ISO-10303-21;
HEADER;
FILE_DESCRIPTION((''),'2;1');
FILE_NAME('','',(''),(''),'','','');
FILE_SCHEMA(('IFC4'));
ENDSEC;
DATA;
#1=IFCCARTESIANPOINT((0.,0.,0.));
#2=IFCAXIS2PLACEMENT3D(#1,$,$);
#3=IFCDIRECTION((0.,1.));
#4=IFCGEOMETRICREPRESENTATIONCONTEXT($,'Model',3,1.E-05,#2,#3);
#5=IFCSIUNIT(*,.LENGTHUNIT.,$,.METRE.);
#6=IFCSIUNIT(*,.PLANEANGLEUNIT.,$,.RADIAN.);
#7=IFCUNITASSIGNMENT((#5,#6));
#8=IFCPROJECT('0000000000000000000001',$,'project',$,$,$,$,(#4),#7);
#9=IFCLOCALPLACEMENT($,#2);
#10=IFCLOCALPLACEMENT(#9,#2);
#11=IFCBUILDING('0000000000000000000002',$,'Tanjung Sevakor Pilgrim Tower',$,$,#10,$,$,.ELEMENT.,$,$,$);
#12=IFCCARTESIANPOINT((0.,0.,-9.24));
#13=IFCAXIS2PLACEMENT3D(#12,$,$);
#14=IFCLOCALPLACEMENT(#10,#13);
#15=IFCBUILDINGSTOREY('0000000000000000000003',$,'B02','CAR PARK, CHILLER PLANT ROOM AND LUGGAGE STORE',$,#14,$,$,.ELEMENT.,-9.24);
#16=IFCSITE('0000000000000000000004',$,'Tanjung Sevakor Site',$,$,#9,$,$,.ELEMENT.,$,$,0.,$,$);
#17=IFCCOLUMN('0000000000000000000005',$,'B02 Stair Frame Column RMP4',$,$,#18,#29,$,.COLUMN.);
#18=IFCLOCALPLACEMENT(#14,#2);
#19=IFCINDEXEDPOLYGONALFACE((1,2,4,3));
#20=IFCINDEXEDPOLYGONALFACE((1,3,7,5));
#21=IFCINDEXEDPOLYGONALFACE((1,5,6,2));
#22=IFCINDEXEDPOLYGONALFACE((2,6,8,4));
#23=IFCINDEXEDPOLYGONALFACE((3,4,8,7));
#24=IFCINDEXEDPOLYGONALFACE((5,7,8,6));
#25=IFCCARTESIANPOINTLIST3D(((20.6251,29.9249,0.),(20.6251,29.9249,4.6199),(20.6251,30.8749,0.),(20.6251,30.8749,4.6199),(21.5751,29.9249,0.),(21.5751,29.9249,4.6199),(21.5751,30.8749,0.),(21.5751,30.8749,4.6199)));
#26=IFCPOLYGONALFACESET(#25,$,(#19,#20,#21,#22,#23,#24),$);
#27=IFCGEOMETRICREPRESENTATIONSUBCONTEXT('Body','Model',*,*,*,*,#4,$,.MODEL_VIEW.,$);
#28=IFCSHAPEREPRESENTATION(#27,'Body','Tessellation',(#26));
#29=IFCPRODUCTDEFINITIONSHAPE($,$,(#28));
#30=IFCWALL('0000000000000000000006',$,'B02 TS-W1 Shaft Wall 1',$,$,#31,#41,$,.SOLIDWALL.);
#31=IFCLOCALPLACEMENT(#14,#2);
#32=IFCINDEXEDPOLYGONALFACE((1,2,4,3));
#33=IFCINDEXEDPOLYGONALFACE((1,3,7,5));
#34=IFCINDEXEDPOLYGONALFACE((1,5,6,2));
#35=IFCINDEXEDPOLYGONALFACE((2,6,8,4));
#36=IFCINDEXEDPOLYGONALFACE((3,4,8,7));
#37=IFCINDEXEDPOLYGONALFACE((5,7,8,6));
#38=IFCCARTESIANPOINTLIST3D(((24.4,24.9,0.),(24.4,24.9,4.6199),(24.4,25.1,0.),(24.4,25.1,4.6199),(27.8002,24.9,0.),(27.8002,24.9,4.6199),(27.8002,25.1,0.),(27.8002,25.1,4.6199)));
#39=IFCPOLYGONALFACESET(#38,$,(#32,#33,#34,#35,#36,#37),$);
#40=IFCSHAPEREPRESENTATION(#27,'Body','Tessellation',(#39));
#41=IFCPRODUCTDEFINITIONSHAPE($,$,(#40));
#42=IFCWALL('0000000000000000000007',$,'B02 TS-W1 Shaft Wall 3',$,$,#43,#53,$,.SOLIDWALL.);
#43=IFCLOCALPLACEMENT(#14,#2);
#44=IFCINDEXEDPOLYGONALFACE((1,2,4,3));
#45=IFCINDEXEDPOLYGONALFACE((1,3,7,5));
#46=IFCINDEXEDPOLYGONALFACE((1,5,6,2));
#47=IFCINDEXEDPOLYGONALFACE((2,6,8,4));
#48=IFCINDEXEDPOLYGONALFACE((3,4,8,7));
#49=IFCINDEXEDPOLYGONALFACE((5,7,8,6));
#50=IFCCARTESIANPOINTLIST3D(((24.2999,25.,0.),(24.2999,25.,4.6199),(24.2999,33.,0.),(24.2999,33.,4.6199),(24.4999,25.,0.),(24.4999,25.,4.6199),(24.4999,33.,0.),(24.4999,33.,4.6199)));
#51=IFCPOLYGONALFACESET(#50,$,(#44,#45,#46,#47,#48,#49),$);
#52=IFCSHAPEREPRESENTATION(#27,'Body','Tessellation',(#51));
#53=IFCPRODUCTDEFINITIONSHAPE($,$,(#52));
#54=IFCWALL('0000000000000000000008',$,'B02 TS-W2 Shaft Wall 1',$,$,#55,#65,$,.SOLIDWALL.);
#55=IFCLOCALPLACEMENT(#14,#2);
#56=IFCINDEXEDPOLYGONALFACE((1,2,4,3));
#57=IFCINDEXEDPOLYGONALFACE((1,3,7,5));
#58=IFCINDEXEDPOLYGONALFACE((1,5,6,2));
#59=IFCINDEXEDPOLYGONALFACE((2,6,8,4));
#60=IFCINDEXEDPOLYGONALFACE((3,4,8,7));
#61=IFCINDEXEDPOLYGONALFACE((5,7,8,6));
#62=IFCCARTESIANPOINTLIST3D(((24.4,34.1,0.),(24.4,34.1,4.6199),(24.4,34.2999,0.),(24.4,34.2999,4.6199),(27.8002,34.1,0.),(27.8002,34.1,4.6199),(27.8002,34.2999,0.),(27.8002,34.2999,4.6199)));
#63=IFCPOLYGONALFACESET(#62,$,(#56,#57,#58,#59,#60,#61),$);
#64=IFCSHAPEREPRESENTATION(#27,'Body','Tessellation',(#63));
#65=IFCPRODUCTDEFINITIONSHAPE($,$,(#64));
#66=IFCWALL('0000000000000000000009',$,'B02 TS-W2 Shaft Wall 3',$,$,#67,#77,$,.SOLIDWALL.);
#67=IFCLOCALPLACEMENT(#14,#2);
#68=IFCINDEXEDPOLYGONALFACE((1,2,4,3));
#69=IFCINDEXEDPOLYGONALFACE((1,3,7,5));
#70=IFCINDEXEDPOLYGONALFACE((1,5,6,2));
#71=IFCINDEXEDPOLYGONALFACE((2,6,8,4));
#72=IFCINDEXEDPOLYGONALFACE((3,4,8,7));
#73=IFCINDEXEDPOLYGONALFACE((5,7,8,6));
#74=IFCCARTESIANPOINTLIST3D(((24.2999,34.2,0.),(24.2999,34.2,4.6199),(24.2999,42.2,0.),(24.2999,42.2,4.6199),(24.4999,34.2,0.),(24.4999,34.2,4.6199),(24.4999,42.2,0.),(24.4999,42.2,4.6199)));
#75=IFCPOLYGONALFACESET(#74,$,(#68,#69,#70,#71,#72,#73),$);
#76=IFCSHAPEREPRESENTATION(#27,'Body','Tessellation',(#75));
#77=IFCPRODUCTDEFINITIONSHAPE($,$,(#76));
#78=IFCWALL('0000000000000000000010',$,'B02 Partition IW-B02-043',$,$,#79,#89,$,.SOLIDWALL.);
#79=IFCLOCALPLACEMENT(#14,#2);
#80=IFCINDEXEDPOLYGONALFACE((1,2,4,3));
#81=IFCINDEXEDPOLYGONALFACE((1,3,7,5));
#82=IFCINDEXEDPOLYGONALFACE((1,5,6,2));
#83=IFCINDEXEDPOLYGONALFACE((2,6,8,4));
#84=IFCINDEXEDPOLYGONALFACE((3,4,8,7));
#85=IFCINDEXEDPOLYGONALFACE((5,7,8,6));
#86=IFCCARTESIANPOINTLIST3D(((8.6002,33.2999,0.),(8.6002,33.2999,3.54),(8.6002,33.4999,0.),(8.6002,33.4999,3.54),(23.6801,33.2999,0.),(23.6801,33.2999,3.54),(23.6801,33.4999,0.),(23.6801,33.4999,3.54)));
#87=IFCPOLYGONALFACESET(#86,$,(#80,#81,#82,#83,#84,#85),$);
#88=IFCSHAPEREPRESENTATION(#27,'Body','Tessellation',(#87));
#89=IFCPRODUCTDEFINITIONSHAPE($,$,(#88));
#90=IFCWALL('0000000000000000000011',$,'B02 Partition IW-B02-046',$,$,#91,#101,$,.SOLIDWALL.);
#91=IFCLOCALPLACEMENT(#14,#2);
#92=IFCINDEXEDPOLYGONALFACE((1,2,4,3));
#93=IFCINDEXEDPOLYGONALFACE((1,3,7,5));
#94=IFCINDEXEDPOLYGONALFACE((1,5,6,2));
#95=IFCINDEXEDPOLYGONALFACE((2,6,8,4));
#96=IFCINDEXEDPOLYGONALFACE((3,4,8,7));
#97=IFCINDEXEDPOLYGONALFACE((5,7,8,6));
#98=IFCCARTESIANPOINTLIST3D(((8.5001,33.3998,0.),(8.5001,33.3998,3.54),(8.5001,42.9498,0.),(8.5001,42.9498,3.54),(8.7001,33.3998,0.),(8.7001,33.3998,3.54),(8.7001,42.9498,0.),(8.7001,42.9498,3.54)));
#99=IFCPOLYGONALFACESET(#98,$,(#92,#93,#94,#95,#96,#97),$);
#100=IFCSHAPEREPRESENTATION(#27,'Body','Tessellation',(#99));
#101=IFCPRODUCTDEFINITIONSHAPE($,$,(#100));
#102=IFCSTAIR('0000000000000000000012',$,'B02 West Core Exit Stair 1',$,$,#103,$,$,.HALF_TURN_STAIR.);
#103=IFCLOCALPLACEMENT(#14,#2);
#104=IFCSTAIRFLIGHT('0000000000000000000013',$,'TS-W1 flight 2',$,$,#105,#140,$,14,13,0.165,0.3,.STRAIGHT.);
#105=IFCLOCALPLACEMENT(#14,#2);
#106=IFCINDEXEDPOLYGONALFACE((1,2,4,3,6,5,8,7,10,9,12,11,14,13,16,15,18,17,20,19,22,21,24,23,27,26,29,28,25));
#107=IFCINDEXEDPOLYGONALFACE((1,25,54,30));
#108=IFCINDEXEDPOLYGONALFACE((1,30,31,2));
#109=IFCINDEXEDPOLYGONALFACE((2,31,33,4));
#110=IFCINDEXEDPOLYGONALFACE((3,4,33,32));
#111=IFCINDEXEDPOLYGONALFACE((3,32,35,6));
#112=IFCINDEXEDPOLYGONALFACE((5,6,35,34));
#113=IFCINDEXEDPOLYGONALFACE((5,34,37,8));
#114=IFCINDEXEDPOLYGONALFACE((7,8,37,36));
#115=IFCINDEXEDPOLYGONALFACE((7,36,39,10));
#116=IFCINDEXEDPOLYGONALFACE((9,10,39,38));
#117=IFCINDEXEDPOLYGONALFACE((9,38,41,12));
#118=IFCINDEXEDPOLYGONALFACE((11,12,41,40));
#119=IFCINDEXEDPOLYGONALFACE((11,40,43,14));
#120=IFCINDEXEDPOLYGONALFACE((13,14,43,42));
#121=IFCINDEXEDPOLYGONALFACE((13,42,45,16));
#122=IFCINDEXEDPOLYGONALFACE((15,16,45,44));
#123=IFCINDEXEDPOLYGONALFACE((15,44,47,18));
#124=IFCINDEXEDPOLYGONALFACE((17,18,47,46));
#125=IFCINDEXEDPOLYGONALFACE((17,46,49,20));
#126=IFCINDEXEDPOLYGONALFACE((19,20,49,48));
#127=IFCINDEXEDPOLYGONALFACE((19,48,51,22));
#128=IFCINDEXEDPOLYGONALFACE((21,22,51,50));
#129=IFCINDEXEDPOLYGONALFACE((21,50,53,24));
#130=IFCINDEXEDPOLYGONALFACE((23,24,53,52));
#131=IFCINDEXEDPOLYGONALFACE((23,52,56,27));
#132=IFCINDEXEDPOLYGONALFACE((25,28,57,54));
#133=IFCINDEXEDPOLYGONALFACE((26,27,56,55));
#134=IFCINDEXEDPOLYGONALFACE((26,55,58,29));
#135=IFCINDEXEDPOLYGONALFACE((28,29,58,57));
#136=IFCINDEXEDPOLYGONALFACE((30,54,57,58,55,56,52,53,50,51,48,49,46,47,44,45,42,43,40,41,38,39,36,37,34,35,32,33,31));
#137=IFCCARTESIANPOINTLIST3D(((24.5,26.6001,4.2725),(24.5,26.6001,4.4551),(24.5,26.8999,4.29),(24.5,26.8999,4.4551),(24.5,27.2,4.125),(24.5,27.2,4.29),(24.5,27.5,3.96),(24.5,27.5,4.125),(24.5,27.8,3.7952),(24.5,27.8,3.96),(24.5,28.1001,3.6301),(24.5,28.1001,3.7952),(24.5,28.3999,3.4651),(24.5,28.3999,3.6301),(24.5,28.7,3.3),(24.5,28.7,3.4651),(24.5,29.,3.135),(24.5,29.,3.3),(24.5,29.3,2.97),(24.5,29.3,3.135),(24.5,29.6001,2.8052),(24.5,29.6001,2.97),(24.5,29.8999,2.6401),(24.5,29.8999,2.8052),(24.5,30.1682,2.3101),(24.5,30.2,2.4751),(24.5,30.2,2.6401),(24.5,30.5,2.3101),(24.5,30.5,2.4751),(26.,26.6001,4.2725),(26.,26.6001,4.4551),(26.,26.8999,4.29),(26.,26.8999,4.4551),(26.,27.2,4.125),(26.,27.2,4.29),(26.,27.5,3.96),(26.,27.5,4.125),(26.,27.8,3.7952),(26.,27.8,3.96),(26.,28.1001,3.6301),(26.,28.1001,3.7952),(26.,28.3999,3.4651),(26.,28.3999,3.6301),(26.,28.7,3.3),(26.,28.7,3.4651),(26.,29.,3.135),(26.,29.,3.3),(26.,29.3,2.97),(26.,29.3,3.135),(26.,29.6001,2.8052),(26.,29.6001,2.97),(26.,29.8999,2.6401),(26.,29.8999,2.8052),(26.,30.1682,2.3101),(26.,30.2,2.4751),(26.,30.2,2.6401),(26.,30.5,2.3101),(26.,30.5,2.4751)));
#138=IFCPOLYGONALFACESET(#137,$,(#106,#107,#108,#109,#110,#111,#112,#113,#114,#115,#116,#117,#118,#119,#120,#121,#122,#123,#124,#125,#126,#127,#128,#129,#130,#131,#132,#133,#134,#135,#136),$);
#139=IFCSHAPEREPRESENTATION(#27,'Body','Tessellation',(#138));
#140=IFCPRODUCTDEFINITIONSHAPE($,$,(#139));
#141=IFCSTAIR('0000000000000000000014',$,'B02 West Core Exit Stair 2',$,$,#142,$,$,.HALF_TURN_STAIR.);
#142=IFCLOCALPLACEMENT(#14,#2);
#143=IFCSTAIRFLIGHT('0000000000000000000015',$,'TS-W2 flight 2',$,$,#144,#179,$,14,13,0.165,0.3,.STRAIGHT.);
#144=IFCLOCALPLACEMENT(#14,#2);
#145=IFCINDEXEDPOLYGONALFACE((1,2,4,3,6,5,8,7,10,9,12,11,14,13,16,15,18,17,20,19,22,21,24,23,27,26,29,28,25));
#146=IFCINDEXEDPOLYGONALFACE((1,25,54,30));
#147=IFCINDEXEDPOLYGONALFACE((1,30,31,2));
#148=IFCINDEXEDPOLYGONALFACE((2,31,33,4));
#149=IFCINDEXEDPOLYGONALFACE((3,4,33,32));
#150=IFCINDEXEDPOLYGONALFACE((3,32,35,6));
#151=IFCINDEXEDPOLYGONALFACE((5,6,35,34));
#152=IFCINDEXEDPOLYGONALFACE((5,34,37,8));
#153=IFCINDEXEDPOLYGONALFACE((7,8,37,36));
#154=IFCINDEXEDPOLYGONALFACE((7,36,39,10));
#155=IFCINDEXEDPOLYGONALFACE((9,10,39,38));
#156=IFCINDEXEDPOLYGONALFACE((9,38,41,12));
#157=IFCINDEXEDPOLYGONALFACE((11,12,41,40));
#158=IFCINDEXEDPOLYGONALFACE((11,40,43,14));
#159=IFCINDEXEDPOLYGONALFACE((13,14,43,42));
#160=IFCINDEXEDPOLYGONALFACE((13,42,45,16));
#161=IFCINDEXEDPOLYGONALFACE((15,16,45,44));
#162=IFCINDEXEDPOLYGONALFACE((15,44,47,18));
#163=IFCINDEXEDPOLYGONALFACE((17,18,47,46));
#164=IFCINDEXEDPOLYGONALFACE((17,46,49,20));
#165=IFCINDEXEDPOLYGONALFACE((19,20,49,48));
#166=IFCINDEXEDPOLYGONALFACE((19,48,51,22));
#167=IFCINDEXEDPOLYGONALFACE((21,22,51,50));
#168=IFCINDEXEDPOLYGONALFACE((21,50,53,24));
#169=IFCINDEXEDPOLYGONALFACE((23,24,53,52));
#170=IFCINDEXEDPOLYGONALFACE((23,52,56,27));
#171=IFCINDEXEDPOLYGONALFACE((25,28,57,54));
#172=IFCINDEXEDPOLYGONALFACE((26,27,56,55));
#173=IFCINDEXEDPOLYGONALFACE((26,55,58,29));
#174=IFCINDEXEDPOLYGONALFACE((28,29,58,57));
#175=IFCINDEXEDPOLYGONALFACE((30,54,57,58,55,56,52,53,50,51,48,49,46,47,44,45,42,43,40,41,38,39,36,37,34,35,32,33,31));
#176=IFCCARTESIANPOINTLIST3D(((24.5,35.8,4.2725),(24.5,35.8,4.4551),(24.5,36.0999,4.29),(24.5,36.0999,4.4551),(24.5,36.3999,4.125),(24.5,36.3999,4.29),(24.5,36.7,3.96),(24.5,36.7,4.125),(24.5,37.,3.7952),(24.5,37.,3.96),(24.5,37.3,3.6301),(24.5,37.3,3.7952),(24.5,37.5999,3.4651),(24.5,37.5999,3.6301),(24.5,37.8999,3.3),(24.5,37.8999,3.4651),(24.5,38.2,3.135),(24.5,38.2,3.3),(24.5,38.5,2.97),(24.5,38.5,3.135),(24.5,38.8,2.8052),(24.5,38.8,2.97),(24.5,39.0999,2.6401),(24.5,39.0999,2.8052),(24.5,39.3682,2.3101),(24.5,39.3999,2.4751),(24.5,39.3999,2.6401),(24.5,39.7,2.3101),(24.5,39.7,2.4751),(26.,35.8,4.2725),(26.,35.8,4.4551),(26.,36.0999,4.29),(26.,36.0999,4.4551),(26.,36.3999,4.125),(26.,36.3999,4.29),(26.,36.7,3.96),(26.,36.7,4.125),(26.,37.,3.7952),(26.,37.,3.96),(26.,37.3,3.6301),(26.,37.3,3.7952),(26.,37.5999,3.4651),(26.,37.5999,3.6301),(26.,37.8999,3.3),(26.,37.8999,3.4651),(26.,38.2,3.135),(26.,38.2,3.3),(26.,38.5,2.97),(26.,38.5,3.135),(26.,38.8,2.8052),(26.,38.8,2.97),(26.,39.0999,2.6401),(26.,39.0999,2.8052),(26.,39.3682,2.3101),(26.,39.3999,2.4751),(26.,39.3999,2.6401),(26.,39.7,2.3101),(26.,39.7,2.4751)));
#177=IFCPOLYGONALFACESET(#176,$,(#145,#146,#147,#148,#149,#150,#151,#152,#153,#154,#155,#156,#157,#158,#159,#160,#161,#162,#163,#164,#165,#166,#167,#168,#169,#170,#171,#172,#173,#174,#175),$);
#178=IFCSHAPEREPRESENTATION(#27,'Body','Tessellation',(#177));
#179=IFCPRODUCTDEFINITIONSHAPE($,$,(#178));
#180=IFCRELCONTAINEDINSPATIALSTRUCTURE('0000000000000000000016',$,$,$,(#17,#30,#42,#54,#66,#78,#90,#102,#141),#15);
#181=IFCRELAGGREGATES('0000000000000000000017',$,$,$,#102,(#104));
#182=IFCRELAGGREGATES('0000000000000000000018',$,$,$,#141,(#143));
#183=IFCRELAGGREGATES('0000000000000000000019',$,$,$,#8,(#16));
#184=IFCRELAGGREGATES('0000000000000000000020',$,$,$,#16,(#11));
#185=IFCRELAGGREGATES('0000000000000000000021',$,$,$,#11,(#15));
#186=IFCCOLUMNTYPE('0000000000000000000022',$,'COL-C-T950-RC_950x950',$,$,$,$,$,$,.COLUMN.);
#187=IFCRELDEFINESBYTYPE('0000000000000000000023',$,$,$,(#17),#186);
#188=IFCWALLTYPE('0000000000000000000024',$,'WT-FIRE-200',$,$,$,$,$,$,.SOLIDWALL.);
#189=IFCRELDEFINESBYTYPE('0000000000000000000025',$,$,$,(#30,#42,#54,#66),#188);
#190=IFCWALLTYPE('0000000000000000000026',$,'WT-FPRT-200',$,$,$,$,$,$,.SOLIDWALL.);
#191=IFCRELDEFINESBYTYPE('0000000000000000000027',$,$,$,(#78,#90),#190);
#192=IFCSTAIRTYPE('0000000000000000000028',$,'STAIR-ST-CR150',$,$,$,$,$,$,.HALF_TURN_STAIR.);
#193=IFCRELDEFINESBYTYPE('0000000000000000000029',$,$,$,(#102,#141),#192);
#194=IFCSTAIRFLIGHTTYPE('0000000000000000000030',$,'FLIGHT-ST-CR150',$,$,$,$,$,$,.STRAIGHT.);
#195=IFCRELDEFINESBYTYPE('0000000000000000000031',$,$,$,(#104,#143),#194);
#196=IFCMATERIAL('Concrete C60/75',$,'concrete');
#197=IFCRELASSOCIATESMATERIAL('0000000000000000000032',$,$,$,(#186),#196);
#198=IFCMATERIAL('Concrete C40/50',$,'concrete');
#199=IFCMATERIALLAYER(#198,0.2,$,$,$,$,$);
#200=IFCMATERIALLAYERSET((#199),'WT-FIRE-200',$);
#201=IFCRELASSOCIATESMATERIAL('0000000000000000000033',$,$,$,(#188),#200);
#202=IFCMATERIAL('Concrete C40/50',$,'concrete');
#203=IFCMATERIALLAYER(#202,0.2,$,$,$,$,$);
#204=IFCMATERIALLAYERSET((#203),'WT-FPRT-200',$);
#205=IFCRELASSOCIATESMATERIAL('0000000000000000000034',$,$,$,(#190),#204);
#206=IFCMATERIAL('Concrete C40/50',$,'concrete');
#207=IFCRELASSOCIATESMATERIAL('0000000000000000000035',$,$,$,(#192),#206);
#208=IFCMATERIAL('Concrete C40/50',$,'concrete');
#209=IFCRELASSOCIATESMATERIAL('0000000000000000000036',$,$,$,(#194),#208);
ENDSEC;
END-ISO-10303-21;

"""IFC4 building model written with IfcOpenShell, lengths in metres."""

from ifc_helpers import new_model, si_unit, direction, frame, frame_2d, origin, origin_2d, place, context, subcontext, project, spatial, polyline, rectangle, outline, extrude, material, layer, layer_set, material_profile, profile_set, type_object, element, aggregate, save


model = new_model("IFC4")

# Units and contexts
model_context = context("Model", 3, precision=1e-05, world=origin(), true_north=direction((0.0, 1.0)))
body_context = subcontext(model_context, "Body", "Model", "MODEL_VIEW")
ifc_project = project(units=[si_unit("LENGTHUNIT", "METRE"), si_unit("PLANEANGLEUNIT", "RADIAN")], contexts=[model_context])

# Site, building, storey
site_placement = place(None, origin())
site = spatial("IfcSite", under=ifc_project, at=site_placement, Name="Tanjung Sevakor Site", CompositionType="ELEMENT", RefElevation=0.0)
building_placement = place(site_placement, origin())
building = spatial("IfcBuilding", under=site, at=building_placement, Name="Tanjung Sevakor Pilgrim Tower", CompositionType="ELEMENT")
storey_placement = place(building_placement, frame((0.0, 0.0, -9.24)))
storey = spatial("IfcBuildingStorey", under=building, at=storey_placement, Name="B02", Description="CAR PARK, CHILLER PLANT ROOM AND LUGGAGE STORE", CompositionType="ELEMENT", Elevation=-9.24)

# Column
ifc_material_1 = material(Name="Concrete C60/75", Category="concrete")
ifc_material_profile_1 = material_profile(ifc_material_1, rectangle(XDim=0.95, YDim=0.95, at=origin_2d()))
ifc_profile_set_1 = profile_set([ifc_material_profile_1], Name="Concrete C60/75")
column_type = type_object("IfcColumnType", Name="COL-C-T950-RC_950x950", PredefinedType="COLUMN", material=ifc_profile_set_1)
for number, where, z_axis, x_axis, name in (
    (1, (21.1001, 30.3999, 0.0), (0.0, 0.0, 1.0), (1.0, 0.0, 0.0), "B02 Stair Frame Column RMP4"),
):
    element("IfcColumn", number, at=place(storey_placement, frame(where, z_axis=z_axis, x_axis=x_axis)), inside=storey, type_object=column_type, Name=name, PredefinedType="COLUMN", context=body_context, shape_type="SweptSolid", body=[
        extrude(rectangle(XDim=0.95, YDim=0.95, at=origin_2d()), origin(), (0.0, 0.0, 1.0), 4.6199),
    ])

# Walls
ifc_material_2 = material(Name="Concrete C40/50", Category="concrete")
ifc_layer_1 = layer(ifc_material_2, 0.2)
ifc_layer_set_1 = layer_set([ifc_layer_1], Name="WT-FIRE-200")
wall_type_1 = type_object("IfcWallType", Name="WT-FIRE-200", PredefinedType="SOLIDWALL", material=ifc_layer_set_1)
wall_1_placement = place(storey_placement, frame((24.3999, 25.0, 0.0), z_axis=(0.0, 0.0, 1.0), x_axis=(1.0, 0.0, 0.0)))
element("IfcWall", 2, at=wall_1_placement, inside=storey, type_object=wall_type_1, Name="B02 TS-W1 Shaft Wall 1", PredefinedType="SOLIDWALL", context=body_context, shape_type="SweptSolid", body=[
    extrude(rectangle(XDim=3.4001, YDim=0.2, at=frame_2d((1.7002, 0.0))), origin(), (0.0, 0.0, 1.0), 4.6199),
])
wall_2_placement = place(storey_placement, frame((24.3999, 33.0, 0.0), z_axis=(0.0, 0.0, 1.0), x_axis=(0.0, -1.0, 0.0)))
element("IfcWall", 3, at=wall_2_placement, inside=storey, type_object=wall_type_1, Name="B02 TS-W1 Shaft Wall 3", PredefinedType="SOLIDWALL", context=body_context, shape_type="SweptSolid", body=[
    extrude(rectangle(XDim=8.0, YDim=0.2, at=frame_2d((4.0, 0.0))), origin(), (0.0, 0.0, 1.0), 4.6199),
])
wall_3_placement = place(storey_placement, frame((24.3999, 34.2, 0.0), z_axis=(0.0, 0.0, 1.0), x_axis=(1.0, 0.0, 0.0)))
element("IfcWall", 4, at=wall_3_placement, inside=storey, type_object=wall_type_1, Name="B02 TS-W2 Shaft Wall 1", PredefinedType="SOLIDWALL", context=body_context, shape_type="SweptSolid", body=[
    extrude(rectangle(XDim=3.4001, YDim=0.2, at=frame_2d((1.7002, 0.0))), origin(), (0.0, 0.0, 1.0), 4.6199),
])
wall_4_placement = place(storey_placement, frame((24.3999, 42.2, 0.0), z_axis=(0.0, 0.0, 1.0), x_axis=(0.0, -1.0, 0.0)))
element("IfcWall", 5, at=wall_4_placement, inside=storey, type_object=wall_type_1, Name="B02 TS-W2 Shaft Wall 3", PredefinedType="SOLIDWALL", context=body_context, shape_type="SweptSolid", body=[
    extrude(rectangle(XDim=8.0, YDim=0.2, at=frame_2d((4.0, 0.0))), origin(), (0.0, 0.0, 1.0), 4.6199),
])
ifc_material_3 = material(Name="Concrete C40/50", Category="concrete")
ifc_layer_2 = layer(ifc_material_3, 0.2)
ifc_layer_set_2 = layer_set([ifc_layer_2], Name="WT-FPRT-200")
wall_type_2 = type_object("IfcWallType", Name="WT-FPRT-200", PredefinedType="SOLIDWALL", material=ifc_layer_set_2)
wall_5_placement = place(storey_placement, frame((8.6001, 33.3999, 0.0), z_axis=(0.0, 0.0, 1.0), x_axis=(1.0, 0.0, 0.0)))
element("IfcWall", 6, at=wall_5_placement, inside=storey, type_object=wall_type_2, Name="B02 Partition IW-B02-043", PredefinedType="SOLIDWALL", context=body_context, shape_type="SweptSolid", body=[
    extrude(rectangle(XDim=15.0798, YDim=0.2, at=frame_2d((7.54, 0.0))), origin(), (0.0, 0.0, 1.0), 3.54),
])
wall_6_placement = place(storey_placement, frame((8.6001, 33.3999, 0.0), z_axis=(0.0, 0.0, 1.0), x_axis=(0.0, 1.0, 0.0)))
element("IfcWall", 7, at=wall_6_placement, inside=storey, type_object=wall_type_2, Name="B02 Partition IW-B02-046", PredefinedType="SOLIDWALL", context=body_context, shape_type="SweptSolid", body=[
    extrude(rectangle(XDim=9.55, YDim=0.2, at=frame_2d((4.7749, 0.0))), origin(), (0.0, 0.0, 1.0), 3.54),
])

# Stairs, stair flights
ifc_material_4 = material(Name="Concrete C40/50", Category="concrete")
stair_type = type_object("IfcStairType", Name="STAIR-ST-CR150", PredefinedType="HALF_TURN_STAIR", material=ifc_material_4)
stair_1_placement = place(storey_placement, origin())
stair_1 = element("IfcStair", 8, at=stair_1_placement, inside=storey, type_object=stair_type, Name="B02 West Core Exit Stair 1", PredefinedType="HALF_TURN_STAIR")
ifc_material_5 = material(Name="Concrete C40/50", Category="concrete")
stair_flight_type = type_object("IfcStairFlightType", Name="FLIGHT-ST-CR150", PredefinedType="STRAIGHT", material=ifc_material_5)
stair_flight_1_placement = place(storey_placement, frame((25.25, 30.5, 2.3101), z_axis=(0.0, 0.0, 1.0), x_axis=(0.0, -1.0, 0.0)))
stair_flight_1 = element("IfcStairFlight", 9, at=stair_flight_1_placement, type_object=stair_flight_type, Name="TS-W1 flight 2", NumberOfRisers=14, NumberOfTreads=13, PredefinedType="STRAIGHT", RiserHeight=0.165, TreadLength=0.3, context=body_context, shape_type="SweptSolid", body=[
    extrude(outline(polyline([(0.0, 0.0), (0.0, 0.165), (0.3, 0.165), (0.3, 0.3301), (0.6001, 0.3301), (0.6001, 0.4951), (0.8999, 0.4951), (0.8999, 0.6599), (1.2, 0.6599), (1.2, 0.825), (1.5, 0.825), (1.5, 0.99), (1.8, 0.99), (1.8, 1.155), (2.1001, 1.155), (2.1001, 1.3201), (2.3999, 1.3201), (2.3999, 1.4851), (2.7, 1.4851), (2.7, 1.6499), (3.0, 1.6499), (3.0, 1.8149), (3.3, 1.8149), (3.3, 1.98), (3.6001, 1.98), (3.6001, 2.145), (3.8999, 2.145), (3.8999, 2.3101), (3.8999, 1.9624), (0.3318, 0.0), (0.0, 0.0)])), frame((0.0, 0.75, 0.0), z_axis=(0.0, -1.0, 0.0), x_axis=(1.0, 0.0, 0.0)), (0.0, 0.0, 1.0), 1.5),
])
aggregate(stair_1, [stair_flight_1])
stair_2_placement = place(storey_placement, origin())
stair_2 = element("IfcStair", 10, at=stair_2_placement, inside=storey, type_object=stair_type, Name="B02 West Core Exit Stair 2", PredefinedType="HALF_TURN_STAIR")
stair_flight_2_placement = place(storey_placement, frame((25.25, 39.7, 2.3101), z_axis=(0.0, 0.0, 1.0), x_axis=(0.0, -1.0, 0.0)))
stair_flight_2 = element("IfcStairFlight", 11, at=stair_flight_2_placement, type_object=stair_flight_type, Name="TS-W2 flight 2", NumberOfRisers=14, NumberOfTreads=13, PredefinedType="STRAIGHT", RiserHeight=0.165, TreadLength=0.3, context=body_context, shape_type="SweptSolid", body=[
    extrude(outline(polyline([(0.0, 0.0), (0.0, 0.165), (0.3, 0.165), (0.3, 0.3301), (0.6001, 0.3301), (0.6001, 0.4951), (0.8999, 0.4951), (0.8999, 0.6599), (1.2, 0.6599), (1.2, 0.825), (1.5, 0.825), (1.5, 0.99), (1.8, 0.99), (1.8, 1.155), (2.1001, 1.155), (2.1001, 1.3201), (2.3999, 1.3201), (2.3999, 1.4851), (2.7, 1.4851), (2.7, 1.6499), (3.0, 1.6499), (3.0, 1.8149), (3.3, 1.8149), (3.3, 1.98), (3.6001, 1.98), (3.6001, 2.145), (3.8999, 2.145), (3.8999, 2.3101), (3.8999, 1.9624), (0.3318, 0.0), (0.0, 0.0)])), frame((0.0, 0.75, 0.0), z_axis=(0.0, -1.0, 0.0), x_axis=(1.0, 0.0, 0.0)), (0.0, 0.0, 1.0), 1.5),
])
aggregate(stair_2, [stair_flight_2])

save(model, "model.ifc")
